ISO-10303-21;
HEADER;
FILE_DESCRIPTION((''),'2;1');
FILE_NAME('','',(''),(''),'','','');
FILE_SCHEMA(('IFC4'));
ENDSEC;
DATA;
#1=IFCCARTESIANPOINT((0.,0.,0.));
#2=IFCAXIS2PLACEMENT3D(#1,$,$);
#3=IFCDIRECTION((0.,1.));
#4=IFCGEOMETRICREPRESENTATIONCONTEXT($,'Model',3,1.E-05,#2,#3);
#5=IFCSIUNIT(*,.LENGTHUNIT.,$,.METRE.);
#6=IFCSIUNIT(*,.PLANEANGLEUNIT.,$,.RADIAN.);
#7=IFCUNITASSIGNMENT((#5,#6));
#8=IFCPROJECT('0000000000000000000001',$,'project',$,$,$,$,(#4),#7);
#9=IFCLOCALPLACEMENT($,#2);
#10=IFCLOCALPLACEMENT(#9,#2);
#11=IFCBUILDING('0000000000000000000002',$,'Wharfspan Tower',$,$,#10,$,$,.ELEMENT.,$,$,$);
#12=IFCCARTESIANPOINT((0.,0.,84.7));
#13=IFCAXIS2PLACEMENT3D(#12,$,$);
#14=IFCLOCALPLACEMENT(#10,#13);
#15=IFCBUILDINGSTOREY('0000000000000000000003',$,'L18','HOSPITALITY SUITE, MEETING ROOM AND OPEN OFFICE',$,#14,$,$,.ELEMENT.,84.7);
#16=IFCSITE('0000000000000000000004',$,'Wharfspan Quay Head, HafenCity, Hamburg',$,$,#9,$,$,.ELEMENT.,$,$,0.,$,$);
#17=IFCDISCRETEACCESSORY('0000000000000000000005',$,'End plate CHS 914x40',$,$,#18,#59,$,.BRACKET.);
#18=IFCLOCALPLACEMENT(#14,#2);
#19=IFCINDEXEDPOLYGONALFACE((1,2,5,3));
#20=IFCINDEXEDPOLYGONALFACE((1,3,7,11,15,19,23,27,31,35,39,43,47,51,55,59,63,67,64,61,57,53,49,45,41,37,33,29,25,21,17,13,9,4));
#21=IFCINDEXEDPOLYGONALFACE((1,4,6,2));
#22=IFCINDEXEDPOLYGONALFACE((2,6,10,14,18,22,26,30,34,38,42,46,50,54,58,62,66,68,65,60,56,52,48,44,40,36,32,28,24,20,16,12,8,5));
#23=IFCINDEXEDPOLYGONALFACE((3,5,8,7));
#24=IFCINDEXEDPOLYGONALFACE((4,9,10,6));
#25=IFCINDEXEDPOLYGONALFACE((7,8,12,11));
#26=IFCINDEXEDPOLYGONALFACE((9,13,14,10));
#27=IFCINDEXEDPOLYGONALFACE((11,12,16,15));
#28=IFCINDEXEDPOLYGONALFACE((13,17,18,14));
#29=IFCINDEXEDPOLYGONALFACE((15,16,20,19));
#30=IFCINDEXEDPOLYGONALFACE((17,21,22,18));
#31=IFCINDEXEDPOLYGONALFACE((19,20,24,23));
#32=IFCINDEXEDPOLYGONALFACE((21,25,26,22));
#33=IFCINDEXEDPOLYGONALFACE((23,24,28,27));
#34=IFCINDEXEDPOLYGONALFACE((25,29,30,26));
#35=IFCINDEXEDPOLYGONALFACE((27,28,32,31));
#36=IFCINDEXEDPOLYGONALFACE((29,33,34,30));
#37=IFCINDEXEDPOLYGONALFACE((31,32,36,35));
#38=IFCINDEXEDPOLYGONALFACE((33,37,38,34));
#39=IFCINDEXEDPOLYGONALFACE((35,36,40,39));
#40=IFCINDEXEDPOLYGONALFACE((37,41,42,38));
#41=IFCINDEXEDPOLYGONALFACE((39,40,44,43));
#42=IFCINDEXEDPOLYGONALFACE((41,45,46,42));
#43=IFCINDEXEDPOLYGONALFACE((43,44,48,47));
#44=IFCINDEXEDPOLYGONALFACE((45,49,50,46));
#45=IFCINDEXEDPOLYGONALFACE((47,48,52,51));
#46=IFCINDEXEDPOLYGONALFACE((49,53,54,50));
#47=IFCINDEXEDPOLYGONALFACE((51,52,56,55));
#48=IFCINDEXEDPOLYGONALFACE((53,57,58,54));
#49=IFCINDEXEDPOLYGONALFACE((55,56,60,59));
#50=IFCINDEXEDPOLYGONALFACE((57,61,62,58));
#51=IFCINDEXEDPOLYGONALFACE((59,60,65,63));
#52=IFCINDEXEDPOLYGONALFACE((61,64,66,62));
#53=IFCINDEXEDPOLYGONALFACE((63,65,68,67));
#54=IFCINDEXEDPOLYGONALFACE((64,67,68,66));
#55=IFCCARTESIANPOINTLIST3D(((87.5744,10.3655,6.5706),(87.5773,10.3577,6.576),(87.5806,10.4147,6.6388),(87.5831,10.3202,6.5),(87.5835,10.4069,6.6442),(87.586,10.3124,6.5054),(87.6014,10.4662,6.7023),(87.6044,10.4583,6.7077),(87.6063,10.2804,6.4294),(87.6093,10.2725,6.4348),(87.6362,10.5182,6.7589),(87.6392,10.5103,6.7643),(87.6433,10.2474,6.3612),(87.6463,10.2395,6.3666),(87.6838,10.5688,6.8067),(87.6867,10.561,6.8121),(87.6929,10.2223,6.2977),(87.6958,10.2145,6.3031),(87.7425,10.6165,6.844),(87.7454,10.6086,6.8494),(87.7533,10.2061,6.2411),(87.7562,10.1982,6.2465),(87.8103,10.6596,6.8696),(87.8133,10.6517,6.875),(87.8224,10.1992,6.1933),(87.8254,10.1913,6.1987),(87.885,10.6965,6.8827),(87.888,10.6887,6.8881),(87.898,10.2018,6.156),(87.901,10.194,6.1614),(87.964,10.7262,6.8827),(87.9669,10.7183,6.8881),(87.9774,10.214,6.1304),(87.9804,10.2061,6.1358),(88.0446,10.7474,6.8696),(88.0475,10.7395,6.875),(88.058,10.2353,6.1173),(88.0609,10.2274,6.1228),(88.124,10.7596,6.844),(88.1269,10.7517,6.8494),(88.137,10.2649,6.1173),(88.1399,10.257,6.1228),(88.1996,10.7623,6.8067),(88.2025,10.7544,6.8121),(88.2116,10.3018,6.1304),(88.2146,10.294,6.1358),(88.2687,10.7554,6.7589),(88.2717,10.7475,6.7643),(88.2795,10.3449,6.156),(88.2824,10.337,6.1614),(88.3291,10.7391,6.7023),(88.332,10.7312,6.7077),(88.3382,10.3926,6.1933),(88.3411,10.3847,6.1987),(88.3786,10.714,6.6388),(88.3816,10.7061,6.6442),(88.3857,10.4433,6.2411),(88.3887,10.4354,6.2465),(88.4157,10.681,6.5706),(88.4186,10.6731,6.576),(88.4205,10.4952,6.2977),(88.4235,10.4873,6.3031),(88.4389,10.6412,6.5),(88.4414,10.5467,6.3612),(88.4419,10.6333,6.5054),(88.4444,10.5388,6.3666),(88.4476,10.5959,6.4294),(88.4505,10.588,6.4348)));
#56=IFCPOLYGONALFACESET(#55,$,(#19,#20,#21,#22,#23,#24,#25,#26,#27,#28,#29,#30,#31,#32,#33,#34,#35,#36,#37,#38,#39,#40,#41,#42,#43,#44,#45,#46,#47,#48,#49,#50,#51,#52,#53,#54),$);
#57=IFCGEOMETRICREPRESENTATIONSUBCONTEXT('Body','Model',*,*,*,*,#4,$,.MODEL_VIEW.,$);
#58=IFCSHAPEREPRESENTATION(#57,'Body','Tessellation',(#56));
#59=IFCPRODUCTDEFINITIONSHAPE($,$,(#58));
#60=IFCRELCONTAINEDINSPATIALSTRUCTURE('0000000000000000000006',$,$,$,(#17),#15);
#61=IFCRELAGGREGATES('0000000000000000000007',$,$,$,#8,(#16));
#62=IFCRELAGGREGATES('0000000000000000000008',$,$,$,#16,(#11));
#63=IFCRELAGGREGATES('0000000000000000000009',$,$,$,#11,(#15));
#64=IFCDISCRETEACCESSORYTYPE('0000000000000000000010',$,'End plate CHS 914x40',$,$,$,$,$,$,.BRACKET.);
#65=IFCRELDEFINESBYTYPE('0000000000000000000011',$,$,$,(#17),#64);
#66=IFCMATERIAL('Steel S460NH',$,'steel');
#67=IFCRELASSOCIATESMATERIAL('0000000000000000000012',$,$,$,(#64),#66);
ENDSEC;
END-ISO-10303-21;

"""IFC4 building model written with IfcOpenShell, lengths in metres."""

from ifc_helpers import new_model, si_unit, direction, frame, origin, origin_2d, place, context, subcontext, project, spatial, circle, extrude, material, material_profile, profile_set, type_object, element, save


model = new_model("IFC4")

# Units and contexts
model_context = context("Model", 3, precision=1e-05, world=origin(), true_north=direction((0.0, 1.0)))
body_context = subcontext(model_context, "Body", "Model", "MODEL_VIEW")
ifc_project = project(units=[si_unit("LENGTHUNIT", "METRE"), si_unit("PLANEANGLEUNIT", "RADIAN")], contexts=[model_context])

# Site, building, storey
site_placement = place(None, origin())
site = spatial("IfcSite", under=ifc_project, at=site_placement, Name="Wharfspan Quay Head, HafenCity, Hamburg", CompositionType="ELEMENT", RefElevation=0.0)
building_placement = place(site_placement, origin())
building = spatial("IfcBuilding", under=site, at=building_placement, Name="Wharfspan Tower", CompositionType="ELEMENT")
storey_placement = place(building_placement, frame((0.0, 0.0, 84.7)))
storey = spatial("IfcBuildingStorey", under=building, at=storey_placement, Name="L18", Description="HOSPITALITY SUITE, MEETING ROOM AND OPEN OFFICE", CompositionType="ELEMENT", Elevation=84.7)

# Discrete accessory
ifc_material_1 = material(Name="Steel S460NH", Category="steel")
ifc_material_profile_1 = material_profile(ifc_material_1, circle(Radius=0.457, at=origin_2d()))
ifc_profile_set_1 = profile_set([ifc_material_profile_1], Name="Steel S460NH")
discrete_accessory_type = type_object("IfcDiscreteAccessoryType", Name="End plate CHS 914x40", PredefinedType="BRACKET", material=ifc_profile_set_1)
discrete_accessory_placement = place(storey_placement, frame((88.011, 10.4807, 6.5), z_axis=(0.295241, -0.787309, 0.541275), x_axis=(0.936333, 0.351125, 0.0)))
element("IfcDiscreteAccessory", 1, at=discrete_accessory_placement, inside=storey, type_object=discrete_accessory_type, Name="End plate CHS 914x40", PredefinedType="BRACKET", context=body_context, shape_type="SweptSolid", body=[
    extrude(circle(Radius=0.457, at=origin_2d()), origin(), (0.0, 0.0, 1.0), 0.01),
])

save(model, "model.ifc")
